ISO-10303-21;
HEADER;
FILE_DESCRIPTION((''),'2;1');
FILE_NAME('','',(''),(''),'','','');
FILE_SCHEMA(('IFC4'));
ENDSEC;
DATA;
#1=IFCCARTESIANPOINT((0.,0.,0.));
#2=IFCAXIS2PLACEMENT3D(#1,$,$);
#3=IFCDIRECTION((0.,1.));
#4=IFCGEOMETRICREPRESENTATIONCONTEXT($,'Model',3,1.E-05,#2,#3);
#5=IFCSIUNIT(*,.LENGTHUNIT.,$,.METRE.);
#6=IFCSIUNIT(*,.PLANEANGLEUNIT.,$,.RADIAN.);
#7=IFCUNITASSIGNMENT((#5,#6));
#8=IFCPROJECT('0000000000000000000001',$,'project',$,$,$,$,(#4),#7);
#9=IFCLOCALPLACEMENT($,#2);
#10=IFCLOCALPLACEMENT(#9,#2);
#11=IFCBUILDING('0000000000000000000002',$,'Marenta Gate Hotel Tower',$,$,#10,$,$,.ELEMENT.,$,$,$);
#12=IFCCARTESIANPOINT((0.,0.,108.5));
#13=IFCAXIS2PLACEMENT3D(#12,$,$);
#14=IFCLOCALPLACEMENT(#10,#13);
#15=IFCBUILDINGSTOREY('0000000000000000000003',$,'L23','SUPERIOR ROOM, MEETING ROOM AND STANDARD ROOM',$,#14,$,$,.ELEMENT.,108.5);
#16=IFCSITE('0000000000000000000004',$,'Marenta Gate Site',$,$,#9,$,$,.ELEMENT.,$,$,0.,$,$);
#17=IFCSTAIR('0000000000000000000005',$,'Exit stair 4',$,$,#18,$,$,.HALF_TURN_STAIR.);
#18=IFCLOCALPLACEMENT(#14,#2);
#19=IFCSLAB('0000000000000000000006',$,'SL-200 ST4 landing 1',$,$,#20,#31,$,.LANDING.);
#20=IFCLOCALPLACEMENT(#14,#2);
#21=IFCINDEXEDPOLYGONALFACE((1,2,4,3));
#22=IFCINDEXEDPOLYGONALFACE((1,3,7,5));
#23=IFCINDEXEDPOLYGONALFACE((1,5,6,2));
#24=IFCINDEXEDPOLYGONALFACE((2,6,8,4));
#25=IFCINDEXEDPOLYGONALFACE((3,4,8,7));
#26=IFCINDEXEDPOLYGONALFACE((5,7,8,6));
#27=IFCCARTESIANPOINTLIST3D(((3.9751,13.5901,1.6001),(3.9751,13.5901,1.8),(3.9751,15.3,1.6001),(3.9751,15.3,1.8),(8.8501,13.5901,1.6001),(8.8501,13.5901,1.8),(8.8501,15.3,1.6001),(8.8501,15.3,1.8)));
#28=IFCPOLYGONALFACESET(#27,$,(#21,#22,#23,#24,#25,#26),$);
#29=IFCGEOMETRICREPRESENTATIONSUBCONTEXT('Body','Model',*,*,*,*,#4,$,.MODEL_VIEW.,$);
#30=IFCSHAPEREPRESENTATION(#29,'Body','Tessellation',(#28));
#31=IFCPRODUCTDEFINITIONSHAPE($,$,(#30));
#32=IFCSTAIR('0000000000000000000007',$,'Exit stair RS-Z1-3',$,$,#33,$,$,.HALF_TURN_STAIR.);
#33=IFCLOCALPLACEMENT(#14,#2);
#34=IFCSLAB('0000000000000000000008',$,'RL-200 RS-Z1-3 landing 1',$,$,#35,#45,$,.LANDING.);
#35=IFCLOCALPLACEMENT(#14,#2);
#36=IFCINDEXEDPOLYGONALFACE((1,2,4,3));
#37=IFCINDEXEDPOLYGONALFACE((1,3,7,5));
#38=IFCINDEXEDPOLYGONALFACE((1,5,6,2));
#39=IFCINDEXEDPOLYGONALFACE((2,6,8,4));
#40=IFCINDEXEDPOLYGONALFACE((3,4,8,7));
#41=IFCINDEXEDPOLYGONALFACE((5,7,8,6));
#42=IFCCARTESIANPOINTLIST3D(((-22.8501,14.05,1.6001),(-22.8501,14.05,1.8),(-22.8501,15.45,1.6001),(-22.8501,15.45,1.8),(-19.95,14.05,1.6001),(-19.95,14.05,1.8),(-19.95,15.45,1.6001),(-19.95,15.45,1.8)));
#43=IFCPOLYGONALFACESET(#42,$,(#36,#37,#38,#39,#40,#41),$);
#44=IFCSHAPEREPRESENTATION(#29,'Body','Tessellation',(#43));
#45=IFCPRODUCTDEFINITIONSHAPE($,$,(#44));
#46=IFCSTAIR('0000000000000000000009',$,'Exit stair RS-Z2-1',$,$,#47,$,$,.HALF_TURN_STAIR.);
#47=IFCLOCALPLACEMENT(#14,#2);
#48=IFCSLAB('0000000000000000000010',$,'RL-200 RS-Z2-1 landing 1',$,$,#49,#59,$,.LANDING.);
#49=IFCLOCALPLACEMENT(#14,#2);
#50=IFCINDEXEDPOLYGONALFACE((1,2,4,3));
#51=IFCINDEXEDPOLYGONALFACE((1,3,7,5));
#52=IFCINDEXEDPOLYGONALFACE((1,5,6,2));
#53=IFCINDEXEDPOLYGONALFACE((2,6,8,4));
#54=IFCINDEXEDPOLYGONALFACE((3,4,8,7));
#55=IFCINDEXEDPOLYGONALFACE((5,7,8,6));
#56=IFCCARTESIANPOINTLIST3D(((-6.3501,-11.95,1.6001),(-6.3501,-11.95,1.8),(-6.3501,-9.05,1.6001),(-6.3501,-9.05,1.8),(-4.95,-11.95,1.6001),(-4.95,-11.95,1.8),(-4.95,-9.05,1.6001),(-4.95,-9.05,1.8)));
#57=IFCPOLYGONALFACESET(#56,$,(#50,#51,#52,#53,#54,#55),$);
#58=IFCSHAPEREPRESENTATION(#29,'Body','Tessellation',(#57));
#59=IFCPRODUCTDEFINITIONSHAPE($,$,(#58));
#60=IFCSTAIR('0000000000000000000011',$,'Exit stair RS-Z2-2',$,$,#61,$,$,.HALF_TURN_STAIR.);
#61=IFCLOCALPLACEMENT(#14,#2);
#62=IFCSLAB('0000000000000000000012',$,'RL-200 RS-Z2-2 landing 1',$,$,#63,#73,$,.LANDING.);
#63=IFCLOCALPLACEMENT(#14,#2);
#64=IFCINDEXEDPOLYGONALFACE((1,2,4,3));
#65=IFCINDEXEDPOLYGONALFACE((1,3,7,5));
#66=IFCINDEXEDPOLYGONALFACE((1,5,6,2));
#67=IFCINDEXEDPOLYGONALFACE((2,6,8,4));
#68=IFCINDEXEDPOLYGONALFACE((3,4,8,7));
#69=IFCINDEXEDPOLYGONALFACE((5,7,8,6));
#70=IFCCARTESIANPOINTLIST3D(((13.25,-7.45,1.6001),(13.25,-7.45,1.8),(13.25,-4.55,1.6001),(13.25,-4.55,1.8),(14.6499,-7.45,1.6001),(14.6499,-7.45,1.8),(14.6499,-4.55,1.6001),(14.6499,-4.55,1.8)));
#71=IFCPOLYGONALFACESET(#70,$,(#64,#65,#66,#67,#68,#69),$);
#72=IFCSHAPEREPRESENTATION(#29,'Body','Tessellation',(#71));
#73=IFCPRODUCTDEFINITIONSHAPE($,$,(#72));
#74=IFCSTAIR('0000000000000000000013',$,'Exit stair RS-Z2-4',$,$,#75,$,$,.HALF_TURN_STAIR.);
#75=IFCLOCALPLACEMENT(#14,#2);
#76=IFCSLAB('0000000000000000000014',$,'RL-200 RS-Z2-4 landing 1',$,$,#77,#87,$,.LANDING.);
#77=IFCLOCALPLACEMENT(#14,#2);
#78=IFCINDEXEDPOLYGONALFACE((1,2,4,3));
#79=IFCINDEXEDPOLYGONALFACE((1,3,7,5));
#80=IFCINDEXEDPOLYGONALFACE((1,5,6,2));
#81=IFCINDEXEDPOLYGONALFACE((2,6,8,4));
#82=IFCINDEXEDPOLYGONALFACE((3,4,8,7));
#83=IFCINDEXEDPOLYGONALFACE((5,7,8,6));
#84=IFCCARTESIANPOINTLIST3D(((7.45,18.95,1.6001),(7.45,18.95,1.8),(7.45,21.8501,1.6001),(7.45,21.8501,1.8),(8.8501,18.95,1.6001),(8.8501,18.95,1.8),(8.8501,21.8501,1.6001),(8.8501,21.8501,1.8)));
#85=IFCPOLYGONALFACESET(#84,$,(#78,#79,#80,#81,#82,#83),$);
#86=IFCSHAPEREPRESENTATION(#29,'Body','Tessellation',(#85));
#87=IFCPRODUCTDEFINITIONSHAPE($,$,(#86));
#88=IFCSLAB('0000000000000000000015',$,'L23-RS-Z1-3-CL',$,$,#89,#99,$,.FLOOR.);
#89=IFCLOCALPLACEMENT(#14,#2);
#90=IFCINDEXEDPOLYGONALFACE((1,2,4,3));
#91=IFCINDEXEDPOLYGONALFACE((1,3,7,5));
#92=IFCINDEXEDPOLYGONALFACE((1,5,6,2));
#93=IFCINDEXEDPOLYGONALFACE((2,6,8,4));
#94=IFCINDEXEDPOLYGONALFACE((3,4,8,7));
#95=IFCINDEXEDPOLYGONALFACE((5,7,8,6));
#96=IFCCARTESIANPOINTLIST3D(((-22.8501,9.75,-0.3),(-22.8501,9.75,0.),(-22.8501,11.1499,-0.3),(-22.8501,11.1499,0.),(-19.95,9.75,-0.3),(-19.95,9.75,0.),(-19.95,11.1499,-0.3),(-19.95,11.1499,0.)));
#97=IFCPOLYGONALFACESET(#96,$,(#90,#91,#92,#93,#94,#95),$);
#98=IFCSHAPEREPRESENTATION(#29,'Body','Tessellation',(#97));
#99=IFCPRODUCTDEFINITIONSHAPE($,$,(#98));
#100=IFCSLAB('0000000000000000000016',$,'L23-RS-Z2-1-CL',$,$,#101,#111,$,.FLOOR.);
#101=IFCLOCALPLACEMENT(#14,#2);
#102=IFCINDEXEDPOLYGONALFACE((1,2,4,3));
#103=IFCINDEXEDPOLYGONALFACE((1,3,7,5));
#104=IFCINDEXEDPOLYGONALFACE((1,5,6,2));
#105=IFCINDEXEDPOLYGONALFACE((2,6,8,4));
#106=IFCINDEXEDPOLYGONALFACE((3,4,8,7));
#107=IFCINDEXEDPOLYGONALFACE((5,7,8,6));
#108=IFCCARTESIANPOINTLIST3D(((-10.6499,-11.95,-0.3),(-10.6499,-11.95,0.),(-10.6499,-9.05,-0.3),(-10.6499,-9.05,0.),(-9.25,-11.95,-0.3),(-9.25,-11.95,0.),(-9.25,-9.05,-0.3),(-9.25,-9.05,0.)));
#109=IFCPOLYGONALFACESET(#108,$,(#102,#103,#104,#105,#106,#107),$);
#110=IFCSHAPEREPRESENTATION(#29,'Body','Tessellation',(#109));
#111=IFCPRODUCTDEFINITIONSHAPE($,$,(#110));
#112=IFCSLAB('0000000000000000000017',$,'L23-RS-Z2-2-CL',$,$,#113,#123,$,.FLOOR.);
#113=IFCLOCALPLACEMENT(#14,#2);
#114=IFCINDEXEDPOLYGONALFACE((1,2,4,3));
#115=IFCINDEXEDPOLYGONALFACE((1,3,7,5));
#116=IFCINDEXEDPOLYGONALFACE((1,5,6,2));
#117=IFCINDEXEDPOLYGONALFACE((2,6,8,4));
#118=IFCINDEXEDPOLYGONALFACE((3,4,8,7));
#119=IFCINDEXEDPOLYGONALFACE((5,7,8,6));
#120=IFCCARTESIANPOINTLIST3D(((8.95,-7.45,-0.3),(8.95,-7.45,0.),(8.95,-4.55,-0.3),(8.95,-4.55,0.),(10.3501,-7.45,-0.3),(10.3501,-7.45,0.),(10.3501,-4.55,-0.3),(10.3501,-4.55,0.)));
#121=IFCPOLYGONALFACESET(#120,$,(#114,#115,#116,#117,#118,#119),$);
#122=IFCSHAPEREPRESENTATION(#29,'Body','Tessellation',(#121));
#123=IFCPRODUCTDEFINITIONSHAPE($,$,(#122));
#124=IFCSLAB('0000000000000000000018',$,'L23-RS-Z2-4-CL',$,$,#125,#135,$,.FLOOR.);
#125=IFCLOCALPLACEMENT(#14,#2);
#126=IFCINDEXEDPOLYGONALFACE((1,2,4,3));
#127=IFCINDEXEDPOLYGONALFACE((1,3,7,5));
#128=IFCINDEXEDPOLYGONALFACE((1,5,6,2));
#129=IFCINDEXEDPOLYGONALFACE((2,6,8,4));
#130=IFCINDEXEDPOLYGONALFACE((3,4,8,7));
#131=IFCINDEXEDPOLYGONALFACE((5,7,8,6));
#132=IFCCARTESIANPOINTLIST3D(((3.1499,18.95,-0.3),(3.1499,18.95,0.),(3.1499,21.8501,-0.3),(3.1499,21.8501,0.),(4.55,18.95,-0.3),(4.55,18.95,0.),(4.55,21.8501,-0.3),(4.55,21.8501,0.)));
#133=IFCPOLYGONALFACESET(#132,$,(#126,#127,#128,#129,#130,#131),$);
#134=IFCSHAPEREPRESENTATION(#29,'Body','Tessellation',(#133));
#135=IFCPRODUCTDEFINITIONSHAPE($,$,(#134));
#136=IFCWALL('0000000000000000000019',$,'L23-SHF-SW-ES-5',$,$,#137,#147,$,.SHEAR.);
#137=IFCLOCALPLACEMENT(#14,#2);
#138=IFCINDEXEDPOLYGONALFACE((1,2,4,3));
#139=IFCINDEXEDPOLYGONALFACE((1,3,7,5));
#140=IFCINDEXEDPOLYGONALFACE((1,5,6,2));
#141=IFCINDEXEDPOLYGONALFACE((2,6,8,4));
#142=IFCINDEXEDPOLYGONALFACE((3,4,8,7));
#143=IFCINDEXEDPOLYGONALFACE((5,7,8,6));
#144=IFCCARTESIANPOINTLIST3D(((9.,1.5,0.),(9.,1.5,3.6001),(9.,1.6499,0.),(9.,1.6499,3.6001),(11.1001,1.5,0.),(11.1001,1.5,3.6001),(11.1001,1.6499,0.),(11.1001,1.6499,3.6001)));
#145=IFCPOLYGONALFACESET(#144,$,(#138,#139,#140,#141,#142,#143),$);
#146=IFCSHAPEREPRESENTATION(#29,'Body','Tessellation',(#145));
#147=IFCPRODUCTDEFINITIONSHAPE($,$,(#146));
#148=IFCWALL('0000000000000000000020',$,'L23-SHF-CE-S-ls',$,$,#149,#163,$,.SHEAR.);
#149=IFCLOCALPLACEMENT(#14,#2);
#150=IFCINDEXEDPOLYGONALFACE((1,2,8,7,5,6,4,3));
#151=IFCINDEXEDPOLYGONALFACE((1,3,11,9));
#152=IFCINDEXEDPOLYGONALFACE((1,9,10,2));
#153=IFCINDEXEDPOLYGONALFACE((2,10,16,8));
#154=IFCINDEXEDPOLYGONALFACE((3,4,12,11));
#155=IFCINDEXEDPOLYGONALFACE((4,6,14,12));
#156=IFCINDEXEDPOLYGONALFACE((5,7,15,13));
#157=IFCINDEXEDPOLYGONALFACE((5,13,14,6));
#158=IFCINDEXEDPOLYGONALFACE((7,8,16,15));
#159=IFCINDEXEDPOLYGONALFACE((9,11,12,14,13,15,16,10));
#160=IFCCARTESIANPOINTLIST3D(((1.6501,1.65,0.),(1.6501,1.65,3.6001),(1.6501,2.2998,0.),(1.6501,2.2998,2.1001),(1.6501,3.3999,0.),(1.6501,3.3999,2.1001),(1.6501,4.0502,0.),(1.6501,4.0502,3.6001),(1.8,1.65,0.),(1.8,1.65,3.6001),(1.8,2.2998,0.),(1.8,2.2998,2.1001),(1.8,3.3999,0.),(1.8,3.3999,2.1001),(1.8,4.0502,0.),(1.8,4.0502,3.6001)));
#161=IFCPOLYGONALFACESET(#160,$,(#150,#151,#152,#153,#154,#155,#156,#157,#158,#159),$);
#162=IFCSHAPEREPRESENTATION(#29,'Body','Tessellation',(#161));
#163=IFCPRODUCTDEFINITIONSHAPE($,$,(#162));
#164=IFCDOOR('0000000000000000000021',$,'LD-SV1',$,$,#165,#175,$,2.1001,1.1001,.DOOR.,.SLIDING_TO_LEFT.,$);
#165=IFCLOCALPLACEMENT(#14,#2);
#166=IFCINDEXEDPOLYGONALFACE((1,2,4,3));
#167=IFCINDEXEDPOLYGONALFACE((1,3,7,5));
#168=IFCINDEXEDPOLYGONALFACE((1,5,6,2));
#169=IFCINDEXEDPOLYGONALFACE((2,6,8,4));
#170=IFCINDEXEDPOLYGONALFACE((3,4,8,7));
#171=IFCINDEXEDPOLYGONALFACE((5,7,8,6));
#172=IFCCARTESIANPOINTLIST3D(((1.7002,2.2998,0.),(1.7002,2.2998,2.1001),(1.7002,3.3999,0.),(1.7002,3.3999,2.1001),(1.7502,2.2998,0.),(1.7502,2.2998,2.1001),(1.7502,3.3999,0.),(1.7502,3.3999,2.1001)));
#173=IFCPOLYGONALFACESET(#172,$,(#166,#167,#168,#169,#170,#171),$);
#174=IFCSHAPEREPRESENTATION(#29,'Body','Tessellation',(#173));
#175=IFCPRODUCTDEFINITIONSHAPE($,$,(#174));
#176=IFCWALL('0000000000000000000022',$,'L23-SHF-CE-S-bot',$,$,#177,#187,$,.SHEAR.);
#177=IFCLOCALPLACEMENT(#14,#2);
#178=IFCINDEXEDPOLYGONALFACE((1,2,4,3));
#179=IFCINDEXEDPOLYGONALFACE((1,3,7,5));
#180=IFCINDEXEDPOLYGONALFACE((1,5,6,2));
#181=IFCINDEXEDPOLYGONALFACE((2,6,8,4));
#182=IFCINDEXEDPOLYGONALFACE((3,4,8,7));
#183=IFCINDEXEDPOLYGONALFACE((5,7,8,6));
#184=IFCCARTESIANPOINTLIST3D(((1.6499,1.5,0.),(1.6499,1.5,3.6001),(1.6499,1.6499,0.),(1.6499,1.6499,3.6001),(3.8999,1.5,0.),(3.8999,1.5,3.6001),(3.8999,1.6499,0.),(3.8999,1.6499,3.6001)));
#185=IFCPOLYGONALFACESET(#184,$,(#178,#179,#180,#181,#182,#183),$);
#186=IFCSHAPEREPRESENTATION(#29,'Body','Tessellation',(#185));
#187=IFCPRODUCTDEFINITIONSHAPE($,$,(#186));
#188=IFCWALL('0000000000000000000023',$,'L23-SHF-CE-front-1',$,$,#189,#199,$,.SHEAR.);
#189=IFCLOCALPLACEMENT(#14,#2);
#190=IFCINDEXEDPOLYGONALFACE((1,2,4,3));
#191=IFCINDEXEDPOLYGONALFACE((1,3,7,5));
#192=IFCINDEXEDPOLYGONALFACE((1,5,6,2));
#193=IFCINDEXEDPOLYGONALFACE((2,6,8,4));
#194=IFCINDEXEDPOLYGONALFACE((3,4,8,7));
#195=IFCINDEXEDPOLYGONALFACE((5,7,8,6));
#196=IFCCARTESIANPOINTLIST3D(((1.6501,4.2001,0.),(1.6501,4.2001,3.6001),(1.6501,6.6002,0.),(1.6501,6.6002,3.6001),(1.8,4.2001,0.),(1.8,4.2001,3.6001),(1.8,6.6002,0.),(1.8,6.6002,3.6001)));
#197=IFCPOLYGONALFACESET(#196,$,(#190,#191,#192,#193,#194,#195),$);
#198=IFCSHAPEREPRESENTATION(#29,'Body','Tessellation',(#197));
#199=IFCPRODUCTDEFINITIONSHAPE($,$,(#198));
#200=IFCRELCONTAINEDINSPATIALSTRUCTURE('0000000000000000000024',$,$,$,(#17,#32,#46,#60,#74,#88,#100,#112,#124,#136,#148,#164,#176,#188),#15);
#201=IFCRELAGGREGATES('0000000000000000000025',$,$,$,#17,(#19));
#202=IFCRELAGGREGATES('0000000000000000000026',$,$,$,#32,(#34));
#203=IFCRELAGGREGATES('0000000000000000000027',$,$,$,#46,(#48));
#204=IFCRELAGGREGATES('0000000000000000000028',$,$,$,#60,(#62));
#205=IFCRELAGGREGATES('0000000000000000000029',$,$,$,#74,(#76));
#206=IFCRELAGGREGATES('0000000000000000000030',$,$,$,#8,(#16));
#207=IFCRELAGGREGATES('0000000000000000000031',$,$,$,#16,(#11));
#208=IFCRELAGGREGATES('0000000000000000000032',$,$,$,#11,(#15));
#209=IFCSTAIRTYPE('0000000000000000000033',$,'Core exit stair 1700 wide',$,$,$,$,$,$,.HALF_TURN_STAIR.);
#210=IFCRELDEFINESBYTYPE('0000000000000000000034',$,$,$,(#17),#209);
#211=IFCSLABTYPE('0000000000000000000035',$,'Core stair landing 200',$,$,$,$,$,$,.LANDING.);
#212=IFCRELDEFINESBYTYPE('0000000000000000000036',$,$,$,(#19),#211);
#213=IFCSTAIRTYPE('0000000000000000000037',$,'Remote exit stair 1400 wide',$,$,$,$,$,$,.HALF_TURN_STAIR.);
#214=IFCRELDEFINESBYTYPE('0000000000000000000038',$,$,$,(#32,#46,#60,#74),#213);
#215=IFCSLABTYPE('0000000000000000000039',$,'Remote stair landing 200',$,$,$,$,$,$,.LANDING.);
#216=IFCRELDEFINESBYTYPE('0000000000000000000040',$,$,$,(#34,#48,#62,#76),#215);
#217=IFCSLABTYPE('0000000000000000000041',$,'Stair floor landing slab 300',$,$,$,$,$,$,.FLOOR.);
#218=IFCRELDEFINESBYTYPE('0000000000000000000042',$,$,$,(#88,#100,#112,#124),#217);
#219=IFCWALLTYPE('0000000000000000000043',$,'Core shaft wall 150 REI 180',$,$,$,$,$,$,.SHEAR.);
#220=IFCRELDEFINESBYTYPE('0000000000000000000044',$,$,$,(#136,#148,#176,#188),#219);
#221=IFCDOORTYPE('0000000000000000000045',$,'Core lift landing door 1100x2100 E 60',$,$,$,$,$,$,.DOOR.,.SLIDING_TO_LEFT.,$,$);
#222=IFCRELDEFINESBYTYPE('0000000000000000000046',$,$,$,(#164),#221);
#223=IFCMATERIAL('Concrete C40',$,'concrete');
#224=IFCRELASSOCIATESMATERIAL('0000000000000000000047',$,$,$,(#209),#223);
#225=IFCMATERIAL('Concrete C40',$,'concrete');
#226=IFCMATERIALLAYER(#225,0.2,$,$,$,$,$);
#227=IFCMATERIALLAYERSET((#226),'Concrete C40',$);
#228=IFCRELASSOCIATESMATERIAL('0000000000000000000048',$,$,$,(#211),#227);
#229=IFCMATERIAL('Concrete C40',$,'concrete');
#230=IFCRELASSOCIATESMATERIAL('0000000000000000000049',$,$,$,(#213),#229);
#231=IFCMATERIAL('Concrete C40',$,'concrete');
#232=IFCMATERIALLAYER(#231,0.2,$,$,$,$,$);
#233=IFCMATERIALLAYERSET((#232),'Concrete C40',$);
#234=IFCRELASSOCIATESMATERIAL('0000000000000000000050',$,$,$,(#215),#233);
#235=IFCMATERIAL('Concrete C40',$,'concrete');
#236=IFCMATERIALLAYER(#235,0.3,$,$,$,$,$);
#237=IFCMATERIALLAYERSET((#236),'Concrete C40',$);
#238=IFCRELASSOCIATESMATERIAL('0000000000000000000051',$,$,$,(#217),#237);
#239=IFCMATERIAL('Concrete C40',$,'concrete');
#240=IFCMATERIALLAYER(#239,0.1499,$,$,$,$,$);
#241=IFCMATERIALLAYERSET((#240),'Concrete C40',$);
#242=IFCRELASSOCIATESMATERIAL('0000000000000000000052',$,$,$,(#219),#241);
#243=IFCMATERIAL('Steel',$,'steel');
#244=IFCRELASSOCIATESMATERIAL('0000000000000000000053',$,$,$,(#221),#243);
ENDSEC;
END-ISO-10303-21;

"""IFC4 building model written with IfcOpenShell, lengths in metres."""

from ifc_helpers import new_model, si_unit, direction, frame, frame_2d, origin, place, context, subcontext, project, spatial, polyline, rectangle, outline, extrude, material, layer, layer_set, type_object, element, fill, aggregate, save


model = new_model("IFC4")

# Units and contexts
model_context = context("Model", 3, precision=1e-05, world=origin(), true_north=direction((0.0, 1.0)))
body_context = subcontext(model_context, "Body", "Model", "MODEL_VIEW")
ifc_project = project(units=[si_unit("LENGTHUNIT", "METRE"), si_unit("PLANEANGLEUNIT", "RADIAN")], contexts=[model_context])

# Site, building, storey
site_placement = place(None, origin())
site = spatial("IfcSite", under=ifc_project, at=site_placement, Name="Marenta Gate Site", CompositionType="ELEMENT", RefElevation=0.0)
building_placement = place(site_placement, origin())
building = spatial("IfcBuilding", under=site, at=building_placement, Name="Marenta Gate Hotel Tower", CompositionType="ELEMENT")
storey_placement = place(building_placement, frame((0.0, 0.0, 108.5)))
storey = spatial("IfcBuildingStorey", under=building, at=storey_placement, Name="L23", Description="SUPERIOR ROOM, MEETING ROOM AND STANDARD ROOM", CompositionType="ELEMENT", Elevation=108.5)

# Stairs, slabs
ifc_material_1 = material(Name="Concrete C40", Category="concrete")
stair_type_1 = type_object("IfcStairType", Name="Core exit stair 1700 wide", PredefinedType="HALF_TURN_STAIR", material=ifc_material_1)
stair_1_placement = place(storey_placement, origin())
stair_1 = element("IfcStair", 1, at=stair_1_placement, inside=storey, type_object=stair_type_1, Name="Exit stair 4", PredefinedType="HALF_TURN_STAIR")
ifc_material_2 = material(Name="Concrete C40", Category="concrete")
ifc_layer_1 = layer(ifc_material_2, 0.2)
ifc_layer_set_1 = layer_set([ifc_layer_1], Name="Concrete C40")
slab_type_1 = type_object("IfcSlabType", Name="Core stair landing 200", PredefinedType="LANDING", material=ifc_layer_set_1)
slab_1_placement = place(storey_placement, frame((0.0, 0.0, 1.6001)))
slab_1 = element("IfcSlab", 2, at=slab_1_placement, type_object=slab_type_1, Name="SL-200 ST4 landing 1", PredefinedType="LANDING", context=body_context, shape_type="SweptSolid", body=[
    extrude(outline(polyline([(3.9751, 13.5901), (8.8501, 13.5901), (8.8501, 15.3), (3.9751, 15.3), (3.9751, 13.5901)])), origin(), (0.0, 0.0, 1.0), 0.2),
])
aggregate(stair_1, [slab_1])
ifc_material_3 = material(Name="Concrete C40", Category="concrete")
stair_type_2 = type_object("IfcStairType", Name="Remote exit stair 1400 wide", PredefinedType="HALF_TURN_STAIR", material=ifc_material_3)
stair_2_placement = place(storey_placement, origin())
stair_2 = element("IfcStair", 3, at=stair_2_placement, inside=storey, type_object=stair_type_2, Name="Exit stair RS-Z1-3", PredefinedType="HALF_TURN_STAIR")
ifc_material_4 = material(Name="Concrete C40", Category="concrete")
ifc_layer_2 = layer(ifc_material_4, 0.2)
ifc_layer_set_2 = layer_set([ifc_layer_2], Name="Concrete C40")
slab_type_2 = type_object("IfcSlabType", Name="Remote stair landing 200", PredefinedType="LANDING", material=ifc_layer_set_2)
slab_2_placement = place(storey_placement, frame((0.0, 0.0, 1.6001)))
slab_2 = element("IfcSlab", 4, at=slab_2_placement, type_object=slab_type_2, Name="RL-200 RS-Z1-3 landing 1", PredefinedType="LANDING", context=body_context, shape_type="SweptSolid", body=[
    extrude(outline(polyline([(-22.8501, 14.05), (-19.95, 14.05), (-19.95, 15.45), (-22.8501, 15.45), (-22.8501, 14.05)])), origin(), (0.0, 0.0, 1.0), 0.2),
])
aggregate(stair_2, [slab_2])
stair_3_placement = place(storey_placement, origin())
stair_3 = element("IfcStair", 5, at=stair_3_placement, inside=storey, type_object=stair_type_2, Name="Exit stair RS-Z2-1", PredefinedType="HALF_TURN_STAIR")
slab_3_placement = place(storey_placement, frame((0.0, 0.0, 1.6001)))
slab_3 = element("IfcSlab", 6, at=slab_3_placement, type_object=slab_type_2, Name="RL-200 RS-Z2-1 landing 1", PredefinedType="LANDING", context=body_context, shape_type="SweptSolid", body=[
    extrude(outline(polyline([(-6.3501, -11.95), (-4.95, -11.95), (-4.95, -9.05), (-6.3501, -9.05), (-6.3501, -11.95)])), origin(), (0.0, 0.0, 1.0), 0.2),
])
aggregate(stair_3, [slab_3])
stair_4_placement = place(storey_placement, origin())
stair_4 = element("IfcStair", 7, at=stair_4_placement, inside=storey, type_object=stair_type_2, Name="Exit stair RS-Z2-2", PredefinedType="HALF_TURN_STAIR")
slab_4_placement = place(storey_placement, frame((0.0, 0.0, 1.6001)))
slab_4 = element("IfcSlab", 8, at=slab_4_placement, type_object=slab_type_2, Name="RL-200 RS-Z2-2 landing 1", PredefinedType="LANDING", context=body_context, shape_type="SweptSolid", body=[
    extrude(outline(polyline([(13.25, -7.45), (14.6499, -7.45), (14.6499, -4.55), (13.25, -4.55), (13.25, -7.45)])), origin(), (0.0, 0.0, 1.0), 0.2),
])
aggregate(stair_4, [slab_4])
stair_5_placement = place(storey_placement, origin())
stair_5 = element("IfcStair", 9, at=stair_5_placement, inside=storey, type_object=stair_type_2, Name="Exit stair RS-Z2-4", PredefinedType="HALF_TURN_STAIR")
slab_5_placement = place(storey_placement, frame((0.0, 0.0, 1.6001)))
slab_5 = element("IfcSlab", 10, at=slab_5_placement, type_object=slab_type_2, Name="RL-200 RS-Z2-4 landing 1", PredefinedType="LANDING", context=body_context, shape_type="SweptSolid", body=[
    extrude(outline(polyline([(7.45, 18.95), (8.8501, 18.95), (8.8501, 21.8501), (7.45, 21.8501), (7.45, 18.95)])), origin(), (0.0, 0.0, 1.0), 0.2),
])
aggregate(stair_5, [slab_5])

# Slabs
ifc_material_5 = material(Name="Concrete C40", Category="concrete")
ifc_layer_3 = layer(ifc_material_5, 0.3)
ifc_layer_set_3 = layer_set([ifc_layer_3], Name="Concrete C40")
slab_type_3 = type_object("IfcSlabType", Name="Stair floor landing slab 300", PredefinedType="FLOOR", material=ifc_layer_set_3)
slab_6_placement = place(storey_placement, frame((0.0, 0.0, -0.3)))
element("IfcSlab", 11, at=slab_6_placement, inside=storey, type_object=slab_type_3, Name="L23-RS-Z1-3-CL", PredefinedType="FLOOR", context=body_context, shape_type="SweptSolid", body=[
    extrude(outline(polyline([(-19.95, 9.75), (-19.95, 11.1499), (-22.8501, 11.1499), (-22.8501, 9.75), (-19.95, 9.75)])), origin(), (0.0, 0.0, 1.0), 0.3),
])
slab_7_placement = place(storey_placement, frame((0.0, 0.0, -0.3)))
element("IfcSlab", 12, at=slab_7_placement, inside=storey, type_object=slab_type_3, Name="L23-RS-Z2-1-CL", PredefinedType="FLOOR", context=body_context, shape_type="SweptSolid", body=[
    extrude(outline(polyline([(-9.25, -11.95), (-9.25, -9.05), (-10.6499, -9.05), (-10.6499, -11.95), (-9.25, -11.95)])), origin(), (0.0, 0.0, 1.0), 0.3),
])
slab_8_placement = place(storey_placement, frame((0.0, 0.0, -0.3)))
element("IfcSlab", 13, at=slab_8_placement, inside=storey, type_object=slab_type_3, Name="L23-RS-Z2-2-CL", PredefinedType="FLOOR", context=body_context, shape_type="SweptSolid", body=[
    extrude(outline(polyline([(10.3501, -7.45), (10.3501, -4.55), (8.95, -4.55), (8.95, -7.45), (10.3501, -7.45)])), origin(), (0.0, 0.0, 1.0), 0.3),
])
slab_9_placement = place(storey_placement, frame((0.0, 0.0, -0.3)))
element("IfcSlab", 14, at=slab_9_placement, inside=storey, type_object=slab_type_3, Name="L23-RS-Z2-4-CL", PredefinedType="FLOOR", context=body_context, shape_type="SweptSolid", body=[
    extrude(outline(polyline([(4.55, 18.95), (4.55, 21.8501), (3.1499, 21.8501), (3.1499, 18.95), (4.55, 18.95)])), origin(), (0.0, 0.0, 1.0), 0.3),
])

# Wall
ifc_material_6 = material(Name="Concrete C40", Category="concrete")
ifc_layer_4 = layer(ifc_material_6, 0.1499)
ifc_layer_set_4 = layer_set([ifc_layer_4], Name="Concrete C40")
wall_type_1 = type_object("IfcWallType", Name="Core shaft wall 150 REI 180", PredefinedType="SHEAR", material=ifc_layer_set_4)
wall_1_placement = place(storey_placement, frame((9.0, 1.575, 0.0), z_axis=(0.0, 0.0, 1.0), x_axis=(1.0, 0.0, 0.0)))
element("IfcWall", 15, at=wall_1_placement, inside=storey, type_object=wall_type_1, Name="L23-SHF-SW-ES-5", PredefinedType="SHEAR", context=body_context, shape_type="SweptSolid", body=[
    extrude(rectangle(XDim=2.1001, YDim=0.1499, at=frame_2d((1.05, 0.0))), origin(), (0.0, 0.0, 1.0), 3.6001),
])

# Wall, opening, door
wall_2_placement = place(storey_placement, frame((1.7251, 1.6499, 0.0), z_axis=(0.0, 0.0, 1.0), x_axis=(0.0, 1.0, 0.0)))
wall_2 = element("IfcWall", 16, at=wall_2_placement, inside=storey, type_object=wall_type_1, Name="L23-SHF-CE-S-ls", PredefinedType="SHEAR", context=body_context, shape_type="SweptSolid", body=[
    extrude(rectangle(XDim=2.4001, YDim=0.1499, at=frame_2d((1.2002, 0.0))), origin(), (0.0, 0.0, 1.0), 3.6001),
])
opening_1_placement = place(wall_2_placement, frame((0.6499, 0.0, 0.0)))
opening_1 = element("IfcOpeningElement", 17, at=opening_1_placement, cuts=wall_2, PredefinedType="OPENING", context=body_context, shape_type="SweptSolid", body=[
    extrude(rectangle(XDim=1.1001, YDim=2.1001, at=frame_2d((0.55, 1.05))), frame((0.0, 0.075, 0.0), z_axis=(0.0, -1.0, 0.0), x_axis=(1.0, 0.0, 0.0)), (0.0, 0.0, 1.0), 0.1499),
])
ifc_material_7 = material(Name="Steel", Category="steel")
door_type_1 = type_object("IfcDoorType", Name="Core lift landing door 1100x2100 E 60", OperationType="SLIDING_TO_LEFT", PredefinedType="DOOR", material=ifc_material_7)
door_1_placement = place(opening_1_placement, origin())
door_1 = element("IfcDoor", 18, at=door_1_placement, inside=storey, type_object=door_type_1, Name="LD-SV1", OperationType="SLIDING_TO_LEFT", OverallHeight=2.1001, OverallWidth=1.1001, PredefinedType="DOOR", context=body_context, shape_type="SweptSolid", body=[
    extrude(rectangle(XDim=1.1001, YDim=2.1001, at=frame_2d((0.55, 1.05))), frame((0.0, 0.0249, 0.0), z_axis=(0.0, -1.0, 0.0), x_axis=(1.0, 0.0, 0.0)), (0.0, 0.0, 1.0), 0.05),
])
fill(opening_1, door_1)

# Walls
wall_3_placement = place(storey_placement, frame((1.6499, 1.575, 0.0), z_axis=(0.0, 0.0, 1.0), x_axis=(1.0, 0.0, 0.0)))
element("IfcWall", 19, at=wall_3_placement, inside=storey, type_object=wall_type_1, Name="L23-SHF-CE-S-bot", PredefinedType="SHEAR", context=body_context, shape_type="SweptSolid", body=[
    extrude(rectangle(XDim=2.25, YDim=0.1499, at=frame_2d((1.125, 0.0))), origin(), (0.0, 0.0, 1.0), 3.6001),
])
wall_4_placement = place(storey_placement, frame((1.7251, 4.2, 0.0), z_axis=(0.0, 0.0, 1.0), x_axis=(0.0, 1.0, 0.0)))
element("IfcWall", 20, at=wall_4_placement, inside=storey, type_object=wall_type_1, Name="L23-SHF-CE-front-1", PredefinedType="SHEAR", context=body_context, shape_type="SweptSolid", body=[
    extrude(rectangle(XDim=2.4001, YDim=0.1499, at=frame_2d((1.2002, 0.0))), origin(), (0.0, 0.0, 1.0), 3.6001),
])

save(model, "model.ifc")
